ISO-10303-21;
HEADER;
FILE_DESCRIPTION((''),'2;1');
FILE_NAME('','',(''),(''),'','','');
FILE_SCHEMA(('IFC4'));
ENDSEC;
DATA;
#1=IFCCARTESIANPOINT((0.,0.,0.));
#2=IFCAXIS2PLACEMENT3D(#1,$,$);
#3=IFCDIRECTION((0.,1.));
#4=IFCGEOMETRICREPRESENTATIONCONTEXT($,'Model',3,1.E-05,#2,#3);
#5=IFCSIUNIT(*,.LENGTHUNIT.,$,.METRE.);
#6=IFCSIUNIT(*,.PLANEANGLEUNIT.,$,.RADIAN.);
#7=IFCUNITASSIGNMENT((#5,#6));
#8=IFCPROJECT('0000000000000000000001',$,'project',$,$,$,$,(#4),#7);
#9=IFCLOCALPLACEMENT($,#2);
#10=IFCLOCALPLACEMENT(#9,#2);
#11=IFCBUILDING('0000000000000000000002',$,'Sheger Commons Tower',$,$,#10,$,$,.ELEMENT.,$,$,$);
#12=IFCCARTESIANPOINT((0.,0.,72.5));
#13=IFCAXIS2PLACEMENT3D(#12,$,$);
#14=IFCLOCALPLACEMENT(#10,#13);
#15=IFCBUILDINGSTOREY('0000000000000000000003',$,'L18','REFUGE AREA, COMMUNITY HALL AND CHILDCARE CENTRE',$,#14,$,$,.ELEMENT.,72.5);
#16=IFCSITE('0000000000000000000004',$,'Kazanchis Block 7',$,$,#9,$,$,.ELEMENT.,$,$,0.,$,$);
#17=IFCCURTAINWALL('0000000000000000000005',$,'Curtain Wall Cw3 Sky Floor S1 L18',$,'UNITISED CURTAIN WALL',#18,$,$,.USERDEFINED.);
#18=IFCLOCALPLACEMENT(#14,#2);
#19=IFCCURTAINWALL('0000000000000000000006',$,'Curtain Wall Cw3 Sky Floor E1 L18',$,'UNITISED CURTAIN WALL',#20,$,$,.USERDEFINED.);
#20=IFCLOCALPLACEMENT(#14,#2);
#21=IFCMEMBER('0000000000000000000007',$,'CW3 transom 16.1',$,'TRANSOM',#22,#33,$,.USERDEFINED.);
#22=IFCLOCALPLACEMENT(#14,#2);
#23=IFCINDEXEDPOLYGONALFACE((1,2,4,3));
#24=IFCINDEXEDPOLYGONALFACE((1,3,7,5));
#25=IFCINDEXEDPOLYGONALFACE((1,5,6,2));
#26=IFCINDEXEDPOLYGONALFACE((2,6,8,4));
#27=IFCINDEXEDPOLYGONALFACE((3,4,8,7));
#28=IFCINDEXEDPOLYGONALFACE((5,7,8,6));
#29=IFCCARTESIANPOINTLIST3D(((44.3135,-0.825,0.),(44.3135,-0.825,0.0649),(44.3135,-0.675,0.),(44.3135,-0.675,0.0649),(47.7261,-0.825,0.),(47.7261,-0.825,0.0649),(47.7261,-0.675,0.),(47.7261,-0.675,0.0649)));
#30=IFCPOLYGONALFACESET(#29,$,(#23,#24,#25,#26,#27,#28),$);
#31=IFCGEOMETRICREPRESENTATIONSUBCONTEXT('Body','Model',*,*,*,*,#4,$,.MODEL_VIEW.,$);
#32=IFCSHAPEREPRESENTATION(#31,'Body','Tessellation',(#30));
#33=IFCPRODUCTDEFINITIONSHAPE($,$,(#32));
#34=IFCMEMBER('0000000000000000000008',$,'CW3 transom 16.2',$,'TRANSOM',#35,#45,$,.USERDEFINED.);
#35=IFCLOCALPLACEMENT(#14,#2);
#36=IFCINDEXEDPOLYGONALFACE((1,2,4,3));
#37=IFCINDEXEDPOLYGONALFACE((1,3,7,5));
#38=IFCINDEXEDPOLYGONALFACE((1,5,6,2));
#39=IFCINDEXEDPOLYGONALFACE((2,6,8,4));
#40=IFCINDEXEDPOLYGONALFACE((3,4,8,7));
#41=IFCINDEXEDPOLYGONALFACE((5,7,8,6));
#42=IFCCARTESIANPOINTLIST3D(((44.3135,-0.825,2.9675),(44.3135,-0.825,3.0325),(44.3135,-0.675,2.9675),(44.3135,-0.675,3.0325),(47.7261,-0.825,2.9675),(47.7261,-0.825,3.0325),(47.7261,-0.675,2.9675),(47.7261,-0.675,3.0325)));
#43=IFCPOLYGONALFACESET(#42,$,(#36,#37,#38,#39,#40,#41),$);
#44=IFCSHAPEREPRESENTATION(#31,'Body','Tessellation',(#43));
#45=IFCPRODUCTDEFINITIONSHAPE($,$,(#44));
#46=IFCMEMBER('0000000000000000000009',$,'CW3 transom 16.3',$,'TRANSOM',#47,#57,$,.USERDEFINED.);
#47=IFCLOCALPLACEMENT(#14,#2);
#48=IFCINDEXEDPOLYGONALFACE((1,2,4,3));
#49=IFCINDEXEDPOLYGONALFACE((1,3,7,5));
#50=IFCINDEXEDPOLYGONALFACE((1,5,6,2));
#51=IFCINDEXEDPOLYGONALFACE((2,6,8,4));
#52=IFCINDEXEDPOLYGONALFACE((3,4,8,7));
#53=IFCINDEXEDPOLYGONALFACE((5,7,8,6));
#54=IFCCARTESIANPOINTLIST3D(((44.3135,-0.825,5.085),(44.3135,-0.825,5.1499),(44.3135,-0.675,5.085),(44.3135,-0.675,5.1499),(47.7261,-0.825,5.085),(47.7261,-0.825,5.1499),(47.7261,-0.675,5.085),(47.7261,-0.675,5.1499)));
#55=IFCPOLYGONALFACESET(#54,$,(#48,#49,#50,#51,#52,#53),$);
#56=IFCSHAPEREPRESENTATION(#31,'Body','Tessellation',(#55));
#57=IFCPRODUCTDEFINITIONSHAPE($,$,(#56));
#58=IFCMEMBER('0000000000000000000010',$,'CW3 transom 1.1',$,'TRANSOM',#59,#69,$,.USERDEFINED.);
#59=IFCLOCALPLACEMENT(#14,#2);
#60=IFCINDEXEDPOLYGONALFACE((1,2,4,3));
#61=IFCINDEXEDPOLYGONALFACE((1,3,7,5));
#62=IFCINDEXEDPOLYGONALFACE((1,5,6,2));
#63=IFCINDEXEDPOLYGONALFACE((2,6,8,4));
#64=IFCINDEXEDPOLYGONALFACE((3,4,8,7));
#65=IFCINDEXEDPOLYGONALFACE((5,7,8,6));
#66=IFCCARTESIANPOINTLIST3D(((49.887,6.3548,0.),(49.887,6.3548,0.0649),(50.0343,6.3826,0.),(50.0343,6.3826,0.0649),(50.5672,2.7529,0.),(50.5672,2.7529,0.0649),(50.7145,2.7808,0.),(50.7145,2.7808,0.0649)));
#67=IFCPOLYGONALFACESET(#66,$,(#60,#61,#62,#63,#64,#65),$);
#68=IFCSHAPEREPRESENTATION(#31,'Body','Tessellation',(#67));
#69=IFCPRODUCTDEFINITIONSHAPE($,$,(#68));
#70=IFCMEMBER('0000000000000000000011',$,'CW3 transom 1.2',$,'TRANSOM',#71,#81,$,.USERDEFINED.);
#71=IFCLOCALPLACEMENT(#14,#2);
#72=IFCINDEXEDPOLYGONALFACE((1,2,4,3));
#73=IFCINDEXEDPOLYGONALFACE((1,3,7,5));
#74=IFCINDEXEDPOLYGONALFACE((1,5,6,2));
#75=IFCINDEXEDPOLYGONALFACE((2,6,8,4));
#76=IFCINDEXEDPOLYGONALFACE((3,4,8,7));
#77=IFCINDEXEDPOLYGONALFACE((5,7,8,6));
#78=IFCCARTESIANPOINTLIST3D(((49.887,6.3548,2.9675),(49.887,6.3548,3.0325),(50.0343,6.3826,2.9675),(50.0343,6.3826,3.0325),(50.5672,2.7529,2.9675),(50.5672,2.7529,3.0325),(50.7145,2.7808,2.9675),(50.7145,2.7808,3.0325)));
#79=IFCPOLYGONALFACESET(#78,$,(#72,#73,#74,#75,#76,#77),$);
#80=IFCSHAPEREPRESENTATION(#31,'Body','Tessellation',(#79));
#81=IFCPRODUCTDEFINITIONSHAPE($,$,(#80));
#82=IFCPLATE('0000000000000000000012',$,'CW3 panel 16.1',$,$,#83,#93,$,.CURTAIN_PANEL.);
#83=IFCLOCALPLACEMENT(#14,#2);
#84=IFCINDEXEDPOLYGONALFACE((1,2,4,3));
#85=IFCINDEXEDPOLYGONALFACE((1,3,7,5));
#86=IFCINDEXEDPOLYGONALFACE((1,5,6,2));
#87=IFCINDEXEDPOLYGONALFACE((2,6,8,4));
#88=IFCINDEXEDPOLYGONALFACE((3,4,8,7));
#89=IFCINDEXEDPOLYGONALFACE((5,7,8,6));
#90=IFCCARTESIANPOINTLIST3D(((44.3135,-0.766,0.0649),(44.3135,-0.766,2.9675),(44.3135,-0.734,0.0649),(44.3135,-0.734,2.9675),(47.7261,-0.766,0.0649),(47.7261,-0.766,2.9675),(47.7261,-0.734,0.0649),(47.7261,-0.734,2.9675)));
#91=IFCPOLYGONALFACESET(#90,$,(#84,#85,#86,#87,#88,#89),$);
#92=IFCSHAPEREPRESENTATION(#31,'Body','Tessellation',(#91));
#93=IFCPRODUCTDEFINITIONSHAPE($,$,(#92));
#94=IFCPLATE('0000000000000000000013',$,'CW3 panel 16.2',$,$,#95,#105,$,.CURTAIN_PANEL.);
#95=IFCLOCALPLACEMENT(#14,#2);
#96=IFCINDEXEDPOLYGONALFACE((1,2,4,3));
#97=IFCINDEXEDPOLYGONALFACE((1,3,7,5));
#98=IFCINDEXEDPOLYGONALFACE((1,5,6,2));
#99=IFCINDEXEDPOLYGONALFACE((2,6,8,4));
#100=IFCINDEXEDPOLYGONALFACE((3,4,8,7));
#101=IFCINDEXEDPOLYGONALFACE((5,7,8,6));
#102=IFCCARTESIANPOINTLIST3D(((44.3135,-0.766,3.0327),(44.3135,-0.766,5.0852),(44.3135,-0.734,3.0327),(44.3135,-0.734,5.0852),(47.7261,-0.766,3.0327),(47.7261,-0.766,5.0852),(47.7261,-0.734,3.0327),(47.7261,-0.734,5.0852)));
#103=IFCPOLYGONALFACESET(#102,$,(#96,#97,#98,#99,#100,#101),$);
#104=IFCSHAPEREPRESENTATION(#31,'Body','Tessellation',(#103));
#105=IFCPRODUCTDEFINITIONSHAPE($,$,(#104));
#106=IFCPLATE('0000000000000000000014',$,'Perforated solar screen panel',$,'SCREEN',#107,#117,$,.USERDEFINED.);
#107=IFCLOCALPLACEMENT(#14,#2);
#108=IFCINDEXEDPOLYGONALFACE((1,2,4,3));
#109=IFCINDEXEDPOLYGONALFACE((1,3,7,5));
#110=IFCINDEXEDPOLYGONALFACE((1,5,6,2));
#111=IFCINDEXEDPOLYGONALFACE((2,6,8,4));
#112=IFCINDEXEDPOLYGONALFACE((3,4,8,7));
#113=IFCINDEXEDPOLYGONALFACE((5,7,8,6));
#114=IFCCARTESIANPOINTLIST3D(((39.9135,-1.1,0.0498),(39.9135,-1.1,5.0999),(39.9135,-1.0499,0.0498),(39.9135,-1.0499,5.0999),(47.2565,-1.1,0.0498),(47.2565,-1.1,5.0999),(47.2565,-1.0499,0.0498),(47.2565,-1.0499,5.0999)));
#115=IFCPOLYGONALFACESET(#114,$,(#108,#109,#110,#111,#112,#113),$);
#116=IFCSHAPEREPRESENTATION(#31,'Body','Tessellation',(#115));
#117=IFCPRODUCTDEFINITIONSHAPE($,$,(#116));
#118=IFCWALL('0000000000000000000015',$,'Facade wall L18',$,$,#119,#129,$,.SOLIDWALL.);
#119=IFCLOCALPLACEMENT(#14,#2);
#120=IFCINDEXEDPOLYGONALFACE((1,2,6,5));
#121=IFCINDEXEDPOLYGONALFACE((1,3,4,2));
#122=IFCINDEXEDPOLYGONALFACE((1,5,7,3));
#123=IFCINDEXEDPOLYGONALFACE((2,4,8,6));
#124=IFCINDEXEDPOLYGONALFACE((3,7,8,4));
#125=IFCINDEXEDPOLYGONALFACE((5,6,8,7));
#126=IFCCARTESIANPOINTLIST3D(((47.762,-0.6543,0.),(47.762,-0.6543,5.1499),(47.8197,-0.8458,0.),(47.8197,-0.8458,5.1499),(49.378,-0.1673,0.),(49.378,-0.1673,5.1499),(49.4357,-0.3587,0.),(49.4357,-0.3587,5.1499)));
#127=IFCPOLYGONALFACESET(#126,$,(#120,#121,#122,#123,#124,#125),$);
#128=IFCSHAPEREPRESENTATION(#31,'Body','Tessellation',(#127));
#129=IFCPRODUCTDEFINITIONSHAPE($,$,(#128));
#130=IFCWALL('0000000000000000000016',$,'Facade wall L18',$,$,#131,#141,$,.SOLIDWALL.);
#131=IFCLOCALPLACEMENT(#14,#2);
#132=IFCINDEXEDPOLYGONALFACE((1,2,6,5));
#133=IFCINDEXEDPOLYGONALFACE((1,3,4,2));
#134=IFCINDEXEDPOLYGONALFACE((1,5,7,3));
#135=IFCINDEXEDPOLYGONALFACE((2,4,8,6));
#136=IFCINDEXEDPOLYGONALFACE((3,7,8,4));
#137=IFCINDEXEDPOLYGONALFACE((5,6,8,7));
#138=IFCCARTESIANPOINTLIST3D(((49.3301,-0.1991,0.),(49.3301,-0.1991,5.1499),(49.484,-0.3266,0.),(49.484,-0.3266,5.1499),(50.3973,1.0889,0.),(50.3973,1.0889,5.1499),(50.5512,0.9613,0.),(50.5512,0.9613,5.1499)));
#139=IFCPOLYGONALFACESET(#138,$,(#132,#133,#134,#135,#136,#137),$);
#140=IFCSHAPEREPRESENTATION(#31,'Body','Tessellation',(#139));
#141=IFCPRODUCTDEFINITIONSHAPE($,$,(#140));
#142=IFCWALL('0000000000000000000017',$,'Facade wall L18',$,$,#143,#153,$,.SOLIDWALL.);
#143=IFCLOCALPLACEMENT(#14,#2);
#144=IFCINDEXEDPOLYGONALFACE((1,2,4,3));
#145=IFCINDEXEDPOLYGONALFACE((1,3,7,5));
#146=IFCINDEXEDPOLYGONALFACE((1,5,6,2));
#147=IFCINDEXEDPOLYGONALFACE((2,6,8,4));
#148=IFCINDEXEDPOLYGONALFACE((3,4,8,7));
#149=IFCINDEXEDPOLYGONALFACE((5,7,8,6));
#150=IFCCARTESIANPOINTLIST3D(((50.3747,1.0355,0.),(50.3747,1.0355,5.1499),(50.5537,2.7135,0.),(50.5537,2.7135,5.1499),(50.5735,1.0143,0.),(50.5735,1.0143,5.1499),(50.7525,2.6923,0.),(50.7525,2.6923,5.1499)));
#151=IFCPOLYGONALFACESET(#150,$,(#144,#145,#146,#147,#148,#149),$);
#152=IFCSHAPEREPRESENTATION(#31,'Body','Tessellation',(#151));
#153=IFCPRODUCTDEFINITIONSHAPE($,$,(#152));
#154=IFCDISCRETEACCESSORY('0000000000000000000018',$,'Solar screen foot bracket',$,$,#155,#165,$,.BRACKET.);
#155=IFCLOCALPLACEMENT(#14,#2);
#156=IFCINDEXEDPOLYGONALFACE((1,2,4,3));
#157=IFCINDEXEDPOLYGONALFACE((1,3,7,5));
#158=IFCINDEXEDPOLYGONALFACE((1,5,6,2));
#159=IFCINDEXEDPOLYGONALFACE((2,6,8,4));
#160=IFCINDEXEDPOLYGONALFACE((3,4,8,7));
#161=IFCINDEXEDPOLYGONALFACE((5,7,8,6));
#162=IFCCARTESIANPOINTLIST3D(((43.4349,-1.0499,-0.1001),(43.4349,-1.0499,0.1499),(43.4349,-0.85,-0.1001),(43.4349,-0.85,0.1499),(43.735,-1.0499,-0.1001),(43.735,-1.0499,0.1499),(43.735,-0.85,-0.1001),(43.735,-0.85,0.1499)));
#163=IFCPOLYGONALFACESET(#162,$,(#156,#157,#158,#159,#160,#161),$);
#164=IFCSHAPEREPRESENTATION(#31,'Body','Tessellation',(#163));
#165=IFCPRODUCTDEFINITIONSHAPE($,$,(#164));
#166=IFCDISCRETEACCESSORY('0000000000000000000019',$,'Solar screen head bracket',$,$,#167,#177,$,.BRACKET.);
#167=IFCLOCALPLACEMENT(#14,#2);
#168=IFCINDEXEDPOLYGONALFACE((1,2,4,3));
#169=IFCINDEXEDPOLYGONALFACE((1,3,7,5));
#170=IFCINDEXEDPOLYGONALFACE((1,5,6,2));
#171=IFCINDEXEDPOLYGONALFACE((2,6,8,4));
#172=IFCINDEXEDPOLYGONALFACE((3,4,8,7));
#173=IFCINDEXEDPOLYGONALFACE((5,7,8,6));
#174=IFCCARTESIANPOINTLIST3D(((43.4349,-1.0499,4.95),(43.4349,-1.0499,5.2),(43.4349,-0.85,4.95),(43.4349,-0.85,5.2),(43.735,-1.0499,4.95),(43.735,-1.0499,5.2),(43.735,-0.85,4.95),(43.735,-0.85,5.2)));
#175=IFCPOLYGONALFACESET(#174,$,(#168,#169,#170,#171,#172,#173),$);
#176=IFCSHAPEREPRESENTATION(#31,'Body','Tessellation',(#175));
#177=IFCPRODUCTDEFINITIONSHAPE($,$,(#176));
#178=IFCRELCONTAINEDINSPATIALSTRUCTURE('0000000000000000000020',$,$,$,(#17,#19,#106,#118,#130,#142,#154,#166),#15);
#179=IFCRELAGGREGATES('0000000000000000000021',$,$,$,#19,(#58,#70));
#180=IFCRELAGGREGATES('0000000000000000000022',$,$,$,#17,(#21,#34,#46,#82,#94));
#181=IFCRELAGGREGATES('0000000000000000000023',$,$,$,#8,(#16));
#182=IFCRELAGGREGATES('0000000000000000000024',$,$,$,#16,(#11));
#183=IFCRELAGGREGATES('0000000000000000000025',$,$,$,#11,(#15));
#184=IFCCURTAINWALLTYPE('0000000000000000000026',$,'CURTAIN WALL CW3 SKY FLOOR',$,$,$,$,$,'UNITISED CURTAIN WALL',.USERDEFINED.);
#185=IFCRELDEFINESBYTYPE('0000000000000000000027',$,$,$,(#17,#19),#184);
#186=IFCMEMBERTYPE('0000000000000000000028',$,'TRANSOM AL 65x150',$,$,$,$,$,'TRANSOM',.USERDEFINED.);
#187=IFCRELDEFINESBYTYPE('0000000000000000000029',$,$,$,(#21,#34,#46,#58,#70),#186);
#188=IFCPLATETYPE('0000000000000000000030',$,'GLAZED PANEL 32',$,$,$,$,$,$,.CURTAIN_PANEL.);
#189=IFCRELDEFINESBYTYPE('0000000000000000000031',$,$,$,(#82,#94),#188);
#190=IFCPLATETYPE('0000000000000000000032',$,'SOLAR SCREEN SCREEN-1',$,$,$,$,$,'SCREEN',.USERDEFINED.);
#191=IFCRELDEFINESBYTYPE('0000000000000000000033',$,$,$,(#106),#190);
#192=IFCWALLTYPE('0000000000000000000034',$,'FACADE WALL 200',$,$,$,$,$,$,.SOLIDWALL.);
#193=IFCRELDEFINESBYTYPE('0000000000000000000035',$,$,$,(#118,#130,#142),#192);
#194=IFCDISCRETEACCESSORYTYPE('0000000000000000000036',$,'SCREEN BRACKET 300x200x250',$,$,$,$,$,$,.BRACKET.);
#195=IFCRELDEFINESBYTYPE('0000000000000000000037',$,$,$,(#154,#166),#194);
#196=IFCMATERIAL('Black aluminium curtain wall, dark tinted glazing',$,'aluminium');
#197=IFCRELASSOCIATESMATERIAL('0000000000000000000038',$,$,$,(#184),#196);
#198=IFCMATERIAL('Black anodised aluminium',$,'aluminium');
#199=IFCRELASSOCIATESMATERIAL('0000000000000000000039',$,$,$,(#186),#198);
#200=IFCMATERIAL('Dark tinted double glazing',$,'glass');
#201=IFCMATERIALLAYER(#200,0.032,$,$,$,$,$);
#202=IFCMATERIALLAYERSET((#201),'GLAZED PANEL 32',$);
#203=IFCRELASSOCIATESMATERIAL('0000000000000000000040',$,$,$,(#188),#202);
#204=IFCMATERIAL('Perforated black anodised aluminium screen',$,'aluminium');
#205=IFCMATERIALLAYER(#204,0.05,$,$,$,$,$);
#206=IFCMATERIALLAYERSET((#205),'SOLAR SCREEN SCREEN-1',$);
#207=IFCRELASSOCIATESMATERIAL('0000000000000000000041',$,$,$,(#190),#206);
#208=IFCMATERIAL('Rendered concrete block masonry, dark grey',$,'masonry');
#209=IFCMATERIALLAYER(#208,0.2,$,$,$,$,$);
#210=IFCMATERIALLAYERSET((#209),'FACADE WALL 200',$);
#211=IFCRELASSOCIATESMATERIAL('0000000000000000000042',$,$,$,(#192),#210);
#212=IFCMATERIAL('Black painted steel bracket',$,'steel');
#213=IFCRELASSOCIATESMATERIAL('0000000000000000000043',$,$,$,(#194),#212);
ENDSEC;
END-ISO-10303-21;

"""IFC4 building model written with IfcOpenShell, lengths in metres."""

from ifc_helpers import new_model, si_unit, direction, frame, frame_2d, origin, origin_2d, place, context, subcontext, project, spatial, rectangle, extrude, material, layer, layer_set, material_profile, profile_set, type_object, element, aggregate, save


model = new_model("IFC4")

# Units and contexts
model_context = context("Model", 3, precision=1e-05, world=origin(), true_north=direction((0.0, 1.0)))
body_context = subcontext(model_context, "Body", "Model", "MODEL_VIEW")
ifc_project = project(units=[si_unit("LENGTHUNIT", "METRE"), si_unit("PLANEANGLEUNIT", "RADIAN")], contexts=[model_context])

# Site, building, storey
site_placement = place(None, origin())
site = spatial("IfcSite", under=ifc_project, at=site_placement, Name="Kazanchis Block 7", CompositionType="ELEMENT", RefElevation=0.0)
building_placement = place(site_placement, origin())
building = spatial("IfcBuilding", under=site, at=building_placement, Name="Sheger Commons Tower", CompositionType="ELEMENT")
storey_placement = place(building_placement, frame((0.0, 0.0, 72.5)))
storey = spatial("IfcBuildingStorey", under=building, at=storey_placement, Name="L18", Description="REFUGE AREA, COMMUNITY HALL AND CHILDCARE CENTRE", CompositionType="ELEMENT", Elevation=72.5)

# Curtain wall
ifc_material_1 = material(Name="Black aluminium curtain wall, dark tinted glazing", Category="aluminium")
curtain_wall_type = type_object("IfcCurtainWallType", Name="CURTAIN WALL CW3 SKY FLOOR", ElementType="UNITISED CURTAIN WALL", PredefinedType="USERDEFINED", material=ifc_material_1)
curtain_wall_1_placement = place(storey_placement, origin())
curtain_wall_1 = element("IfcCurtainWall", 1, at=curtain_wall_1_placement, inside=storey, type_object=curtain_wall_type, Name="Curtain Wall Cw3 Sky Floor S1 L18", ObjectType="UNITISED CURTAIN WALL", PredefinedType="USERDEFINED")

# Curtain wall
curtain_wall_2_placement = place(storey_placement, origin())
curtain_wall_2 = element("IfcCurtainWall", 2, at=curtain_wall_2_placement, inside=storey, type_object=curtain_wall_type, Name="Curtain Wall Cw3 Sky Floor E1 L18", ObjectType="UNITISED CURTAIN WALL", PredefinedType="USERDEFINED")

# Members
ifc_material_2 = material(Name="Black anodised aluminium", Category="aluminium")
ifc_material_profile_1 = material_profile(ifc_material_2, rectangle(XDim=0.1499, YDim=0.0649, at=origin_2d()), Name="AL 65x150")
ifc_profile_set_1 = profile_set([ifc_material_profile_1], Name="Black anodised aluminium")
member_type_1 = type_object("IfcMemberType", Name="TRANSOM AL 65x150", ElementType="TRANSOM", PredefinedType="USERDEFINED", material=ifc_profile_set_1)
member_1_placement = place(storey_placement, frame((44.3135, -0.75, 0.0325), z_axis=(1.0, 0.0, 0.0), x_axis=(0.0, 1.0, 0.0)))
member_1 = element("IfcMember", 3, at=member_1_placement, type_object=member_type_1, Name="CW3 transom 16.1", ObjectType="TRANSOM", PredefinedType="USERDEFINED", context=body_context, shape_type="SweptSolid", body=[
    extrude(rectangle(XDim=0.1499, YDim=0.0649, at=origin_2d()), origin(), (0.0, 0.0, 1.0), 3.4126),
])
member_2_placement = place(storey_placement, frame((44.3135, -0.75, 3.0), z_axis=(1.0, 0.0, 0.0), x_axis=(0.0, 1.0, 0.0)))
member_2 = element("IfcMember", 4, at=member_2_placement, type_object=member_type_1, Name="CW3 transom 16.2", ObjectType="TRANSOM", PredefinedType="USERDEFINED", context=body_context, shape_type="SweptSolid", body=[
    extrude(rectangle(XDim=0.1499, YDim=0.0649, at=origin_2d()), origin(), (0.0, 0.0, 1.0), 3.4126),
])
member_3_placement = place(storey_placement, frame((44.3135, -0.75, 5.1174), z_axis=(1.0, 0.0, 0.0), x_axis=(0.0, 1.0, 0.0)))
member_3 = element("IfcMember", 5, at=member_3_placement, type_object=member_type_1, Name="CW3 transom 16.3", ObjectType="TRANSOM", PredefinedType="USERDEFINED", context=body_context, shape_type="SweptSolid", body=[
    extrude(rectangle(XDim=0.1499, YDim=0.0649, at=origin_2d()), origin(), (0.0, 0.0, 1.0), 3.4126),
])
member_4_placement = place(storey_placement, frame((50.6409, 2.7668, 0.0325), z_axis=(-0.185563, 0.982632, 0.0), x_axis=(-0.982632, -0.185563, 0.0)))
member_4 = element("IfcMember", 6, at=member_4_placement, type_object=member_type_1, Name="CW3 transom 1.1", ObjectType="TRANSOM", PredefinedType="USERDEFINED", context=body_context, shape_type="SweptSolid", body=[
    extrude(rectangle(XDim=0.1499, YDim=0.0649, at=origin_2d()), origin(), (0.0, 0.0, 1.0), 3.6655),
])
member_5_placement = place(storey_placement, frame((50.6409, 2.7668, 3.0), z_axis=(-0.185563, 0.982632, 0.0), x_axis=(-0.982632, -0.185563, 0.0)))
member_5 = element("IfcMember", 7, at=member_5_placement, type_object=member_type_1, Name="CW3 transom 1.2", ObjectType="TRANSOM", PredefinedType="USERDEFINED", context=body_context, shape_type="SweptSolid", body=[
    extrude(rectangle(XDim=0.1499, YDim=0.0649, at=origin_2d()), origin(), (0.0, 0.0, 1.0), 3.6655),
])
aggregate(curtain_wall_2, [member_4, member_5])

# Plates
ifc_material_3 = material(Name="Dark tinted double glazing", Category="glass")
ifc_layer_1 = layer(ifc_material_3, 0.032)
ifc_layer_set_1 = layer_set([ifc_layer_1], Name="GLAZED PANEL 32")
plate_type_1 = type_object("IfcPlateType", Name="GLAZED PANEL 32", PredefinedType="CURTAIN_PANEL", material=ifc_layer_set_1)
plate_1_placement = place(storey_placement, frame((46.0198, -0.75, 0.0649), z_axis=(0.0, 0.0, 1.0), x_axis=(1.0, 0.0, 0.0)))
plate_1 = element("IfcPlate", 8, at=plate_1_placement, type_object=plate_type_1, Name="CW3 panel 16.1", PredefinedType="CURTAIN_PANEL", context=body_context, shape_type="SweptSolid", body=[
    extrude(rectangle(XDim=3.4126, YDim=0.032, at=origin_2d()), origin(), (0.0, 0.0, 1.0), 2.9026),
])
plate_2_placement = place(storey_placement, frame((46.0198, -0.75, 3.0327), z_axis=(0.0, 0.0, 1.0), x_axis=(1.0, 0.0, 0.0)))
plate_2 = element("IfcPlate", 9, at=plate_2_placement, type_object=plate_type_1, Name="CW3 panel 16.2", PredefinedType="CURTAIN_PANEL", context=body_context, shape_type="SweptSolid", body=[
    extrude(rectangle(XDim=3.4126, YDim=0.032, at=origin_2d()), origin(), (0.0, 0.0, 1.0), 2.0525),
])
aggregate(curtain_wall_1, [member_1, member_2, member_3, plate_1, plate_2])
ifc_material_4 = material(Name="Perforated black anodised aluminium screen", Category="aluminium")
ifc_layer_2 = layer(ifc_material_4, 0.05)
ifc_layer_set_2 = layer_set([ifc_layer_2], Name="SOLAR SCREEN SCREEN-1")
plate_type_2 = type_object("IfcPlateType", Name="SOLAR SCREEN SCREEN-1", ElementType="SCREEN", PredefinedType="USERDEFINED", material=ifc_layer_set_2)
plate_3_placement = place(storey_placement, frame((43.585, -1.075, 0.0498), z_axis=(0.0, 0.0, 1.0), x_axis=(1.0, 0.0, 0.0)))
element("IfcPlate", 10, at=plate_3_placement, inside=storey, type_object=plate_type_2, Name="Perforated solar screen panel", ObjectType="SCREEN", PredefinedType="USERDEFINED", context=body_context, shape_type="SweptSolid", body=[
    extrude(rectangle(XDim=7.343, YDim=0.05, at=origin_2d()), origin(), (0.0, 0.0, 1.0), 5.05),
])

# Walls
ifc_material_5 = material(Name="Rendered concrete block masonry, dark grey", Category="masonry")
ifc_layer_3 = layer(ifc_material_5, 0.2)
ifc_layer_set_3 = layer_set([ifc_layer_3], Name="FACADE WALL 200")
wall_type = type_object("IfcWallType", Name="FACADE WALL 200", PredefinedType="SOLIDWALL", material=ifc_layer_set_3)
wall_1_placement = place(storey_placement, frame((47.791, -0.75, 0.0), z_axis=(0.0, 0.0, 1.0), x_axis=(0.957455, 0.288582, 0.0)))
element("IfcWall", 11, at=wall_1_placement, inside=storey, type_object=wall_type, Name="Facade wall L18", PredefinedType="SOLIDWALL", context=body_context, shape_type="SweptSolid", body=[
    extrude(rectangle(XDim=1.6877, YDim=0.2, at=frame_2d((0.8438, 0.0))), origin(), (0.0, 0.0, 1.0), 5.1499),
])
wall_2_placement = place(storey_placement, frame((49.407, -0.2629, 0.0), z_axis=(0.0, 0.0, 1.0), x_axis=(0.638043, 0.770001, 0.0)))
element("IfcWall", 12, at=wall_2_placement, inside=storey, type_object=wall_type, Name="Facade wall L18", PredefinedType="SOLIDWALL", context=body_context, shape_type="SweptSolid", body=[
    extrude(rectangle(XDim=1.6726, YDim=0.2, at=frame_2d((0.8364, 0.0))), origin(), (0.0, 0.0, 1.0), 5.1499),
])
wall_3_placement = place(storey_placement, frame((50.4741, 1.0249, 0.0), z_axis=(0.0, 0.0, 1.0), x_axis=(0.106048, 0.994361, 0.0)))
element("IfcWall", 13, at=wall_3_placement, inside=storey, type_object=wall_type, Name="Facade wall L18", PredefinedType="SOLIDWALL", context=body_context, shape_type="SweptSolid", body=[
    extrude(rectangle(XDim=1.6875, YDim=0.2, at=frame_2d((0.8438, 0.0))), origin(), (0.0, 0.0, 1.0), 5.1499),
])

# Discrete accessories
ifc_material_6 = material(Name="Black painted steel bracket", Category="steel")
discrete_accessory_type = type_object("IfcDiscreteAccessoryType", Name="SCREEN BRACKET 300x200x250", PredefinedType="BRACKET", material=ifc_material_6)
for number, where, z_axis, x_axis, name in (
    (14, (43.585, -0.95, -0.1001), (0.0, 0.0, 1.0), (1.0, 0.0, 0.0), "Solar screen foot bracket"),
    (15, (43.585, -0.95, 4.95), (0.0, 0.0, 1.0), (1.0, 0.0, 0.0), "Solar screen head bracket"),
):
    element("IfcDiscreteAccessory", number, at=place(storey_placement, frame(where, z_axis=z_axis, x_axis=x_axis)), inside=storey, type_object=discrete_accessory_type, Name=name, PredefinedType="BRACKET", context=body_context, shape_type="SweptSolid", body=[
        extrude(rectangle(XDim=0.3, YDim=0.2, at=origin_2d()), origin(), (0.0, 0.0, 1.0), 0.25),
    ])

save(model, "model.ifc")
